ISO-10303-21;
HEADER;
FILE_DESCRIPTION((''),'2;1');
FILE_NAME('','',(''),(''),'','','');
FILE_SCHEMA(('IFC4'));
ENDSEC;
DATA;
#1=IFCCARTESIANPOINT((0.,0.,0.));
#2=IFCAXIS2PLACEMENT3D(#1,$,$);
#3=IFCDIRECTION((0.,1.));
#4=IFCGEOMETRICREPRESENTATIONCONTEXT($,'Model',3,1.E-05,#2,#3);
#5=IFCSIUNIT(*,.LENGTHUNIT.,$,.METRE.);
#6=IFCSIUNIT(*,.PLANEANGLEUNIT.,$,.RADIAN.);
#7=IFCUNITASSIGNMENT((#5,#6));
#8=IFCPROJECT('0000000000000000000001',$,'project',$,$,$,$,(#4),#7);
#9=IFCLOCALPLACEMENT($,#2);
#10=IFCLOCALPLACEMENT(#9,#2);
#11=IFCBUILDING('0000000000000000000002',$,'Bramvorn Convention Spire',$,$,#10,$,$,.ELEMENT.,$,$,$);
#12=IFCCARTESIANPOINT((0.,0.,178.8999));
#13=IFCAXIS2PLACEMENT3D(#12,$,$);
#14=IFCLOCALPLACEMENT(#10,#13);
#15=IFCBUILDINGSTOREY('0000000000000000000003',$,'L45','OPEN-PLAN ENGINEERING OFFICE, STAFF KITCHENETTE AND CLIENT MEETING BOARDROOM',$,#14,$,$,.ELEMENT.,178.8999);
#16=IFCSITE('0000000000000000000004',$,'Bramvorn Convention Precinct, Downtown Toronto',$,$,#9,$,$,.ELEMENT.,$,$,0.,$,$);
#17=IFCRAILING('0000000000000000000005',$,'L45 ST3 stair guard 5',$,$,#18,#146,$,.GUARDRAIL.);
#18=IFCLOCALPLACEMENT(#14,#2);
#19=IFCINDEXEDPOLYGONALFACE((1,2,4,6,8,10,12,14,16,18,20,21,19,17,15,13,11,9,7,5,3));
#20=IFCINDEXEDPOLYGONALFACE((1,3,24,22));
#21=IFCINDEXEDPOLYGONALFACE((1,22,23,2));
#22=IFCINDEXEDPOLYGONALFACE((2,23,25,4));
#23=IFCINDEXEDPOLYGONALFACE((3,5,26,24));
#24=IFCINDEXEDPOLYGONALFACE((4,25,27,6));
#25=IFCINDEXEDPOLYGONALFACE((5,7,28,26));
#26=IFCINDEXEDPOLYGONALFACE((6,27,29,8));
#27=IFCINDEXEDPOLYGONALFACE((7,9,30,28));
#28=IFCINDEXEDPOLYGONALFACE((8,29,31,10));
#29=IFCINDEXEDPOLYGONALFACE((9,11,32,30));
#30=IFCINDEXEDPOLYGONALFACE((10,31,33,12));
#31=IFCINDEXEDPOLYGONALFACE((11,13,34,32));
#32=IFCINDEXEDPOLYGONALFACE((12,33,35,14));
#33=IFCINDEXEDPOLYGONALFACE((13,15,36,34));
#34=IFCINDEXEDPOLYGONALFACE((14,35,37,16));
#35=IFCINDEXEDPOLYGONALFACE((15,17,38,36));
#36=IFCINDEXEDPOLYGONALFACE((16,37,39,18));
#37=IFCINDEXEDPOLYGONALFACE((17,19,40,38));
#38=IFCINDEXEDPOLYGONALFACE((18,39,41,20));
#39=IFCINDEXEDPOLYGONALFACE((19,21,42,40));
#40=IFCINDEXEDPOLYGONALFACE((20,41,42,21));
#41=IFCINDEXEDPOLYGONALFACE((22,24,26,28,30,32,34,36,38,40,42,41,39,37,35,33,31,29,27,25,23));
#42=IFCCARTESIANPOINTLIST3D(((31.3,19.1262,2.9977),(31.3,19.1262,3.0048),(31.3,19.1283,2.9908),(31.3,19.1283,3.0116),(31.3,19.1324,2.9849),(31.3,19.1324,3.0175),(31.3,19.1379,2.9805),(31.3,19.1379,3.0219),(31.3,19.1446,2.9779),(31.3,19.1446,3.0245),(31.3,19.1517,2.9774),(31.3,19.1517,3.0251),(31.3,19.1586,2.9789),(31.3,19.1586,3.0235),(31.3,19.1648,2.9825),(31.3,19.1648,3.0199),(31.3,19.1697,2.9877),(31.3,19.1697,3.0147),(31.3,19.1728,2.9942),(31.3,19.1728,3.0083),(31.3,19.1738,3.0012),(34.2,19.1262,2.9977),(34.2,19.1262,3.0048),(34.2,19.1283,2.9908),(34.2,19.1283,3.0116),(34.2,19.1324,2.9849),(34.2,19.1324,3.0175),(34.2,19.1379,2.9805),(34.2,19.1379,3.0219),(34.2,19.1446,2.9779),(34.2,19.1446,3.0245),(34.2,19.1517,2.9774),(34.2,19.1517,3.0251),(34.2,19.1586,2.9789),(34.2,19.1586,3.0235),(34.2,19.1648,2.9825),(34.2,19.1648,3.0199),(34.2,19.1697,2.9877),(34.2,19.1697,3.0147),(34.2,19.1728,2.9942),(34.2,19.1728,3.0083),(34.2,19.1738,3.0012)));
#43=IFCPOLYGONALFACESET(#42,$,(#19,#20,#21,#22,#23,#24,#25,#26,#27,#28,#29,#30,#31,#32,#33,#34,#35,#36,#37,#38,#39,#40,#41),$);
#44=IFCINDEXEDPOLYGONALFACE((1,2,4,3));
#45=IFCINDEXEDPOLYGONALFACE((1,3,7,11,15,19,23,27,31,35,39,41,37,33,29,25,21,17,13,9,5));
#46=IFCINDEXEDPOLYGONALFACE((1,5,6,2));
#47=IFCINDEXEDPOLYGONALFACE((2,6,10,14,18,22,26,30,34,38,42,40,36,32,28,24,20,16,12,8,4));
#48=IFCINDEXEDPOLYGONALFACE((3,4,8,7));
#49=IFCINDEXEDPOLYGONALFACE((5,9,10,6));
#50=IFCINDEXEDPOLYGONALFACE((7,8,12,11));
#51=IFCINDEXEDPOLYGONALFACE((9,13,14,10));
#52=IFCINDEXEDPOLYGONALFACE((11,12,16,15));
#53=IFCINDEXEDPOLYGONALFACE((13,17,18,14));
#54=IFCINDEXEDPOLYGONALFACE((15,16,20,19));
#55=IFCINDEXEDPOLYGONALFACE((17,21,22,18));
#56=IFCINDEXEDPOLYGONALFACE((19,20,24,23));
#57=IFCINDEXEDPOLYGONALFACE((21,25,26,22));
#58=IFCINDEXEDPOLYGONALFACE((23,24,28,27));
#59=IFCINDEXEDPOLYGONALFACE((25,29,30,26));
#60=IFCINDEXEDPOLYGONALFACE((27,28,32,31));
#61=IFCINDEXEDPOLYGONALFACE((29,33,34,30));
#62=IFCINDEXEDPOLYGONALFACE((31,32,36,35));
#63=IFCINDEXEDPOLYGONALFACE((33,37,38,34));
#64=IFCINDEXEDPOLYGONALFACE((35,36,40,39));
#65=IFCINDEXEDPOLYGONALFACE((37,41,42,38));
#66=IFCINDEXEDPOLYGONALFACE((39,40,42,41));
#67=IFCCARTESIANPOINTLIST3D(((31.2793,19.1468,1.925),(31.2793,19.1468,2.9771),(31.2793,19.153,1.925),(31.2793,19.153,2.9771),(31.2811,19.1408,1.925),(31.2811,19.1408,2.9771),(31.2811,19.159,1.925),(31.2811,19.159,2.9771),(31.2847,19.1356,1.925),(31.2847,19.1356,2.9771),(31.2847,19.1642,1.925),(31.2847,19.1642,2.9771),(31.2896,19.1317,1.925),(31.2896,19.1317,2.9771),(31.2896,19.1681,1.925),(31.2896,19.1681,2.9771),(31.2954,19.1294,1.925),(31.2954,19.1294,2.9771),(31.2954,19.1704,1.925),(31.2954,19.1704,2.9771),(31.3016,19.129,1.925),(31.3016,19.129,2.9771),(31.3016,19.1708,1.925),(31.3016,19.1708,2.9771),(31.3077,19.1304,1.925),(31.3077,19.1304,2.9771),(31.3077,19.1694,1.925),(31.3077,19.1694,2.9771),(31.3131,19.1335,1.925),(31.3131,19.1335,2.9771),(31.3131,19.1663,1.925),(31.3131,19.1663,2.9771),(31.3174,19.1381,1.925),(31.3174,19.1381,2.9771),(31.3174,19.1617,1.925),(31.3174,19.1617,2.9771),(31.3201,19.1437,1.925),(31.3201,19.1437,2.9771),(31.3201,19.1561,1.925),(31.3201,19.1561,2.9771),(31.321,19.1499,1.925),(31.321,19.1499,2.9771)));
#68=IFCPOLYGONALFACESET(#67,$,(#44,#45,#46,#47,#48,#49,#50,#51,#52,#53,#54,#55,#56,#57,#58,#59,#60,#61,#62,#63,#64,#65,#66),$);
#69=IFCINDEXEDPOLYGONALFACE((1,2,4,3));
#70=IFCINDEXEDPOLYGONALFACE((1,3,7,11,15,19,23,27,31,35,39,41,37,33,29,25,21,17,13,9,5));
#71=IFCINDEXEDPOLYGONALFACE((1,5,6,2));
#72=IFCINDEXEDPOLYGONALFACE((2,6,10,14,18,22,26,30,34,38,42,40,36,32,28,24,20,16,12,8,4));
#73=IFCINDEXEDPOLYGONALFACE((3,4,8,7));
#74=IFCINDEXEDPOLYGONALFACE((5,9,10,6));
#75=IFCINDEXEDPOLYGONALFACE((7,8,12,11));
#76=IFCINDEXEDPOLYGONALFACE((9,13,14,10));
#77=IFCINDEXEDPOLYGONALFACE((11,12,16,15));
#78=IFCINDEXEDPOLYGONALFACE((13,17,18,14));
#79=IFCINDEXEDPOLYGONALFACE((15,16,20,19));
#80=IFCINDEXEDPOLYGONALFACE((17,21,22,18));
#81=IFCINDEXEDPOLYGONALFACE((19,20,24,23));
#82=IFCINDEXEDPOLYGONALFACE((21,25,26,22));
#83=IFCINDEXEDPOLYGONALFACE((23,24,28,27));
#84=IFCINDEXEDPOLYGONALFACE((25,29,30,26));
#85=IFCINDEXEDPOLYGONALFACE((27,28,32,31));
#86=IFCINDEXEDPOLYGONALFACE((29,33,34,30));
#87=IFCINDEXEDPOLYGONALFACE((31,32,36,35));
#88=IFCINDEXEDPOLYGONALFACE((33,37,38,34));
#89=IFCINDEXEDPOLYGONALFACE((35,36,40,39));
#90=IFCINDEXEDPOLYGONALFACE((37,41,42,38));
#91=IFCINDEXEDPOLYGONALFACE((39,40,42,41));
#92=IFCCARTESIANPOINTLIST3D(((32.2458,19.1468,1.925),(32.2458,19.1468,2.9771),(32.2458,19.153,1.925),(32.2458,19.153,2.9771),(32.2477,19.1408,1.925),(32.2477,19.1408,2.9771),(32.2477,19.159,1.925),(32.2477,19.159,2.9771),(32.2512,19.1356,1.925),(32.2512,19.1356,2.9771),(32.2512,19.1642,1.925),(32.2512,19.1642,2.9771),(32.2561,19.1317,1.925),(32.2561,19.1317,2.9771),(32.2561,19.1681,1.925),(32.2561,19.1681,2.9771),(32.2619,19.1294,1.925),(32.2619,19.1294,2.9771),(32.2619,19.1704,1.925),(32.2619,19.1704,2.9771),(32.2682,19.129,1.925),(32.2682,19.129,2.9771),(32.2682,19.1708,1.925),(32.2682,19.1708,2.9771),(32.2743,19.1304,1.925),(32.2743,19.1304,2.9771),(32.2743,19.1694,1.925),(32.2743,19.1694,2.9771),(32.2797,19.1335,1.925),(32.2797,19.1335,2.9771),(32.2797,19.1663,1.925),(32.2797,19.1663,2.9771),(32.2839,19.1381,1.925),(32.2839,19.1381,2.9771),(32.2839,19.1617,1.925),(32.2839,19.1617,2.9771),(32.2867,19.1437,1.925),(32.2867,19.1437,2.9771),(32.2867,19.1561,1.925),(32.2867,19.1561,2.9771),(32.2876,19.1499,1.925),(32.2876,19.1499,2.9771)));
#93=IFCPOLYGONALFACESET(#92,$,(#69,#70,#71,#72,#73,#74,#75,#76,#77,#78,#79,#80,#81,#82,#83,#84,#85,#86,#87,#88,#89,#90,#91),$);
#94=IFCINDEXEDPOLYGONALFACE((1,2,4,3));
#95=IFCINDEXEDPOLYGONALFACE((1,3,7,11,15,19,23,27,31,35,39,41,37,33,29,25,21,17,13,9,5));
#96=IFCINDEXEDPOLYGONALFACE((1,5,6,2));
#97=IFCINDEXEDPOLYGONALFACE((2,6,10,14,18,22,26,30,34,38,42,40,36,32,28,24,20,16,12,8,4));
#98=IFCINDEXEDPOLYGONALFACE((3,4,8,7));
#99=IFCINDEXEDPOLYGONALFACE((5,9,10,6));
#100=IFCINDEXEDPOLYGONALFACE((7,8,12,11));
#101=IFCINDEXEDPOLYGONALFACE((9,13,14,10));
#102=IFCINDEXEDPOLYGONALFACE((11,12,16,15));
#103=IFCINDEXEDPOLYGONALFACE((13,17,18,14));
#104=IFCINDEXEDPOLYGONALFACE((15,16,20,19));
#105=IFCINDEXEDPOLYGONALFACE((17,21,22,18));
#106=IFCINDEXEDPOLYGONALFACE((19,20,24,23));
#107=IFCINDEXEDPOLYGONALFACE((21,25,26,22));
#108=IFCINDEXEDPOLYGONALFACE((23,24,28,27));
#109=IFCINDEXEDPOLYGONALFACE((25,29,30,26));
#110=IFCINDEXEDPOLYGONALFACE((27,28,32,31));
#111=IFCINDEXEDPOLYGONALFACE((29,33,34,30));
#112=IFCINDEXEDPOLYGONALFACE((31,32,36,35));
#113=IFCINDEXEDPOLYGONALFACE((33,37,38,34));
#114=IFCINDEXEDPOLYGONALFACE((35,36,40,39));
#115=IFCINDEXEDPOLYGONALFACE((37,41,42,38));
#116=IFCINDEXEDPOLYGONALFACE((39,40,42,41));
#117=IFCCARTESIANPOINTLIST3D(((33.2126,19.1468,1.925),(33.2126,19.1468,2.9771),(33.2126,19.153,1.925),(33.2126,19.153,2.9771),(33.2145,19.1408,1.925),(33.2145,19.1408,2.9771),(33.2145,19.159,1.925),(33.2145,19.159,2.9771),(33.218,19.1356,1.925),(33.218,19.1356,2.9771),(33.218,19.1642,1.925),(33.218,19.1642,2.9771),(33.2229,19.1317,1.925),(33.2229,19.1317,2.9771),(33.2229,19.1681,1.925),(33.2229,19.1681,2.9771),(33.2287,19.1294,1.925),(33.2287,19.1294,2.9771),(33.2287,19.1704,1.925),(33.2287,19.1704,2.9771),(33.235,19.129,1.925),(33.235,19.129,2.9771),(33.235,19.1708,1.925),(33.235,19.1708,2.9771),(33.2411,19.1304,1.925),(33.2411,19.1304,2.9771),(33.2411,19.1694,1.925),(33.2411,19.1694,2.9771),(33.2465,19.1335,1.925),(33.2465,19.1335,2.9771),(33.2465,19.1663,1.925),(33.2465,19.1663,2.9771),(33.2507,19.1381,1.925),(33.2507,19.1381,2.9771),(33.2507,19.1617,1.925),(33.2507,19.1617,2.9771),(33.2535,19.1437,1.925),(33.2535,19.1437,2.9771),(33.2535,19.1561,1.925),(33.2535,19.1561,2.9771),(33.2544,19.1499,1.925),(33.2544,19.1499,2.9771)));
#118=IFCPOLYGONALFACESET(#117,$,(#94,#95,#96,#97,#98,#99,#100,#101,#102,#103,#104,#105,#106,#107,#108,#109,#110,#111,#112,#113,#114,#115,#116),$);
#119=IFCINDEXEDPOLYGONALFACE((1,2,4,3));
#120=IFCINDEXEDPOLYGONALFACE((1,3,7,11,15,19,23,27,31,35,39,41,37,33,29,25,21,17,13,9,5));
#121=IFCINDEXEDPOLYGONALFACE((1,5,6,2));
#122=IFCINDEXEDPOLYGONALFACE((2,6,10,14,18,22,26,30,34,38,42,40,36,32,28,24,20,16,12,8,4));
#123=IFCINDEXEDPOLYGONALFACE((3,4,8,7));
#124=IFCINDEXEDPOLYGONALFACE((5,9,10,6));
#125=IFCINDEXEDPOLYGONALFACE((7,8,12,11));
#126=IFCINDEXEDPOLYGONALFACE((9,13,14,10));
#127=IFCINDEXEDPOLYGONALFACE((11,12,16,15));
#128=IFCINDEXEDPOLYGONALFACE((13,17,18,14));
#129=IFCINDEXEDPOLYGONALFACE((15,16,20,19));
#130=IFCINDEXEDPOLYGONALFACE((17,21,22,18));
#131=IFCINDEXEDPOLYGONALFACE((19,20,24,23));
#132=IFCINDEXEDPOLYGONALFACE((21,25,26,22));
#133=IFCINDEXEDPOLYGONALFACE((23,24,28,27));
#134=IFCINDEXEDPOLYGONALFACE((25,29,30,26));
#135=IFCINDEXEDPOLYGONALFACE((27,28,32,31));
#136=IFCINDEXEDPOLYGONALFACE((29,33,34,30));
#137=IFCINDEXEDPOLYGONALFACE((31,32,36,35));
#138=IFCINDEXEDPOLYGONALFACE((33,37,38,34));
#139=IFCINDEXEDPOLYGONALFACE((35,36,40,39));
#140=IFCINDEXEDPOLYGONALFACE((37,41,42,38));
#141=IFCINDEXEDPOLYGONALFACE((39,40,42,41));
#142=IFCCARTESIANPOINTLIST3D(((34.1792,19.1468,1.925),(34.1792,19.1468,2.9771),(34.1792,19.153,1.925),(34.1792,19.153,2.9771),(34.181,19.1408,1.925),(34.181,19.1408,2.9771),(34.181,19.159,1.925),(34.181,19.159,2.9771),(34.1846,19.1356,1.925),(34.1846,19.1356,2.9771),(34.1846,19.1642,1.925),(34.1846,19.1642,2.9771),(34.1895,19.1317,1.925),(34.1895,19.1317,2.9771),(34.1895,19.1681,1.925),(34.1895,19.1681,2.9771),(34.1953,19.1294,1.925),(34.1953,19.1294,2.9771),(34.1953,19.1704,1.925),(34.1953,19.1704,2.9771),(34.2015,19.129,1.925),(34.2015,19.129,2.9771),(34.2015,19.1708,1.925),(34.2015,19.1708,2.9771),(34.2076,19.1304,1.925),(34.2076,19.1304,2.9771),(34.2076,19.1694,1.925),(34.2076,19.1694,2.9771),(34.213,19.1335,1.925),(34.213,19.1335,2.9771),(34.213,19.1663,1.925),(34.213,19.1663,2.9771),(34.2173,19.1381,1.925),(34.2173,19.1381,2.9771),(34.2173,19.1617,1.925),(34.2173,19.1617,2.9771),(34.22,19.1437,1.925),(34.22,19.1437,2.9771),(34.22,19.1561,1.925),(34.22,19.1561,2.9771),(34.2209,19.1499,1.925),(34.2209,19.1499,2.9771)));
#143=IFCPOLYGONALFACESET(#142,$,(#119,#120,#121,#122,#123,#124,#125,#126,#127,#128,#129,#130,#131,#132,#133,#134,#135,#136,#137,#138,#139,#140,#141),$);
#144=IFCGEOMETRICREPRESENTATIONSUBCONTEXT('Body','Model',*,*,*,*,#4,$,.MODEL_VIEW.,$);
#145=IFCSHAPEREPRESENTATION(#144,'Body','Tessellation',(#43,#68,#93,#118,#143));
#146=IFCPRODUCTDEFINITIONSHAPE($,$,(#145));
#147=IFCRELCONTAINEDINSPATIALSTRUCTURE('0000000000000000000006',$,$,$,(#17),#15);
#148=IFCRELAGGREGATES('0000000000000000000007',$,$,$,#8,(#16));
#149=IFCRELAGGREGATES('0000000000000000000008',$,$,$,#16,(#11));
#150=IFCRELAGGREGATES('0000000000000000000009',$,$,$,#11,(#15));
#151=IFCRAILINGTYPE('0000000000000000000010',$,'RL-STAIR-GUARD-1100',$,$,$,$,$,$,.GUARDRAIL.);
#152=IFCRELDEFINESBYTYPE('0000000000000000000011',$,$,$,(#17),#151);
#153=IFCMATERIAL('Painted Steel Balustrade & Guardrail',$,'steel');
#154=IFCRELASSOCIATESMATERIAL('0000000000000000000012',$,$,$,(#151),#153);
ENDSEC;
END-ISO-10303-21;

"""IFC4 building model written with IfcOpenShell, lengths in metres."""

from ifc_helpers import new_model, si_unit, direction, frame, origin, origin_2d, place, context, subcontext, project, spatial, circle, extrude, material, type_object, element, save


model = new_model("IFC4")

# Units and contexts
model_context = context("Model", 3, precision=1e-05, world=origin(), true_north=direction((0.0, 1.0)))
body_context = subcontext(model_context, "Body", "Model", "MODEL_VIEW")
ifc_project = project(units=[si_unit("LENGTHUNIT", "METRE"), si_unit("PLANEANGLEUNIT", "RADIAN")], contexts=[model_context])

# Site, building, storey
site_placement = place(None, origin())
site = spatial("IfcSite", under=ifc_project, at=site_placement, Name="Bramvorn Convention Precinct, Downtown Toronto", CompositionType="ELEMENT", RefElevation=0.0)
building_placement = place(site_placement, origin())
building = spatial("IfcBuilding", under=site, at=building_placement, Name="Bramvorn Convention Spire", CompositionType="ELEMENT")
storey_placement = place(building_placement, frame((0.0, 0.0, 178.8999)))
storey = spatial("IfcBuildingStorey", under=building, at=storey_placement, Name="L45", Description="OPEN-PLAN ENGINEERING OFFICE, STAFF KITCHENETTE AND CLIENT MEETING BOARDROOM", CompositionType="ELEMENT", Elevation=178.8999)

# Railing
ifc_material_1 = material(Name="Painted Steel Balustrade & Guardrail", Category="steel")
railing_type_1 = type_object("IfcRailingType", Name="RL-STAIR-GUARD-1100", PredefinedType="GUARDRAIL", material=ifc_material_1)
railing_1_placement = place(storey_placement, frame((31.3, 19.1499, 1.925)))
element("IfcRailing", 1, at=railing_1_placement, inside=storey, type_object=railing_type_1, Name="L45 ST3 stair guard 5", PredefinedType="GUARDRAIL", context=body_context, shape_type="SweptSolid", body=[
    extrude(circle(Radius=0.0239, at=origin_2d()), frame((0.0, 0.0, 1.0762), z_axis=(1.0, 0.0, 0.0), x_axis=(0.0, 1.0, 0.0)), (0.0, 0.0, 1.0), 2.8999),
    extrude(circle(Radius=0.021, at=origin_2d()), origin(), (0.0, 0.0, 1.0), 1.052),
    extrude(circle(Radius=0.021, at=origin_2d()), frame((0.9666, 0.0, 0.0)), (0.0, 0.0, 1.0), 1.052),
    extrude(circle(Radius=0.021, at=origin_2d()), frame((1.9333, 0.0, 0.0)), (0.0, 0.0, 1.0), 1.052),
    extrude(circle(Radius=0.021, at=origin_2d()), frame((2.8999, 0.0, 0.0)), (0.0, 0.0, 1.0), 1.052),
])

save(model, "model.ifc")
